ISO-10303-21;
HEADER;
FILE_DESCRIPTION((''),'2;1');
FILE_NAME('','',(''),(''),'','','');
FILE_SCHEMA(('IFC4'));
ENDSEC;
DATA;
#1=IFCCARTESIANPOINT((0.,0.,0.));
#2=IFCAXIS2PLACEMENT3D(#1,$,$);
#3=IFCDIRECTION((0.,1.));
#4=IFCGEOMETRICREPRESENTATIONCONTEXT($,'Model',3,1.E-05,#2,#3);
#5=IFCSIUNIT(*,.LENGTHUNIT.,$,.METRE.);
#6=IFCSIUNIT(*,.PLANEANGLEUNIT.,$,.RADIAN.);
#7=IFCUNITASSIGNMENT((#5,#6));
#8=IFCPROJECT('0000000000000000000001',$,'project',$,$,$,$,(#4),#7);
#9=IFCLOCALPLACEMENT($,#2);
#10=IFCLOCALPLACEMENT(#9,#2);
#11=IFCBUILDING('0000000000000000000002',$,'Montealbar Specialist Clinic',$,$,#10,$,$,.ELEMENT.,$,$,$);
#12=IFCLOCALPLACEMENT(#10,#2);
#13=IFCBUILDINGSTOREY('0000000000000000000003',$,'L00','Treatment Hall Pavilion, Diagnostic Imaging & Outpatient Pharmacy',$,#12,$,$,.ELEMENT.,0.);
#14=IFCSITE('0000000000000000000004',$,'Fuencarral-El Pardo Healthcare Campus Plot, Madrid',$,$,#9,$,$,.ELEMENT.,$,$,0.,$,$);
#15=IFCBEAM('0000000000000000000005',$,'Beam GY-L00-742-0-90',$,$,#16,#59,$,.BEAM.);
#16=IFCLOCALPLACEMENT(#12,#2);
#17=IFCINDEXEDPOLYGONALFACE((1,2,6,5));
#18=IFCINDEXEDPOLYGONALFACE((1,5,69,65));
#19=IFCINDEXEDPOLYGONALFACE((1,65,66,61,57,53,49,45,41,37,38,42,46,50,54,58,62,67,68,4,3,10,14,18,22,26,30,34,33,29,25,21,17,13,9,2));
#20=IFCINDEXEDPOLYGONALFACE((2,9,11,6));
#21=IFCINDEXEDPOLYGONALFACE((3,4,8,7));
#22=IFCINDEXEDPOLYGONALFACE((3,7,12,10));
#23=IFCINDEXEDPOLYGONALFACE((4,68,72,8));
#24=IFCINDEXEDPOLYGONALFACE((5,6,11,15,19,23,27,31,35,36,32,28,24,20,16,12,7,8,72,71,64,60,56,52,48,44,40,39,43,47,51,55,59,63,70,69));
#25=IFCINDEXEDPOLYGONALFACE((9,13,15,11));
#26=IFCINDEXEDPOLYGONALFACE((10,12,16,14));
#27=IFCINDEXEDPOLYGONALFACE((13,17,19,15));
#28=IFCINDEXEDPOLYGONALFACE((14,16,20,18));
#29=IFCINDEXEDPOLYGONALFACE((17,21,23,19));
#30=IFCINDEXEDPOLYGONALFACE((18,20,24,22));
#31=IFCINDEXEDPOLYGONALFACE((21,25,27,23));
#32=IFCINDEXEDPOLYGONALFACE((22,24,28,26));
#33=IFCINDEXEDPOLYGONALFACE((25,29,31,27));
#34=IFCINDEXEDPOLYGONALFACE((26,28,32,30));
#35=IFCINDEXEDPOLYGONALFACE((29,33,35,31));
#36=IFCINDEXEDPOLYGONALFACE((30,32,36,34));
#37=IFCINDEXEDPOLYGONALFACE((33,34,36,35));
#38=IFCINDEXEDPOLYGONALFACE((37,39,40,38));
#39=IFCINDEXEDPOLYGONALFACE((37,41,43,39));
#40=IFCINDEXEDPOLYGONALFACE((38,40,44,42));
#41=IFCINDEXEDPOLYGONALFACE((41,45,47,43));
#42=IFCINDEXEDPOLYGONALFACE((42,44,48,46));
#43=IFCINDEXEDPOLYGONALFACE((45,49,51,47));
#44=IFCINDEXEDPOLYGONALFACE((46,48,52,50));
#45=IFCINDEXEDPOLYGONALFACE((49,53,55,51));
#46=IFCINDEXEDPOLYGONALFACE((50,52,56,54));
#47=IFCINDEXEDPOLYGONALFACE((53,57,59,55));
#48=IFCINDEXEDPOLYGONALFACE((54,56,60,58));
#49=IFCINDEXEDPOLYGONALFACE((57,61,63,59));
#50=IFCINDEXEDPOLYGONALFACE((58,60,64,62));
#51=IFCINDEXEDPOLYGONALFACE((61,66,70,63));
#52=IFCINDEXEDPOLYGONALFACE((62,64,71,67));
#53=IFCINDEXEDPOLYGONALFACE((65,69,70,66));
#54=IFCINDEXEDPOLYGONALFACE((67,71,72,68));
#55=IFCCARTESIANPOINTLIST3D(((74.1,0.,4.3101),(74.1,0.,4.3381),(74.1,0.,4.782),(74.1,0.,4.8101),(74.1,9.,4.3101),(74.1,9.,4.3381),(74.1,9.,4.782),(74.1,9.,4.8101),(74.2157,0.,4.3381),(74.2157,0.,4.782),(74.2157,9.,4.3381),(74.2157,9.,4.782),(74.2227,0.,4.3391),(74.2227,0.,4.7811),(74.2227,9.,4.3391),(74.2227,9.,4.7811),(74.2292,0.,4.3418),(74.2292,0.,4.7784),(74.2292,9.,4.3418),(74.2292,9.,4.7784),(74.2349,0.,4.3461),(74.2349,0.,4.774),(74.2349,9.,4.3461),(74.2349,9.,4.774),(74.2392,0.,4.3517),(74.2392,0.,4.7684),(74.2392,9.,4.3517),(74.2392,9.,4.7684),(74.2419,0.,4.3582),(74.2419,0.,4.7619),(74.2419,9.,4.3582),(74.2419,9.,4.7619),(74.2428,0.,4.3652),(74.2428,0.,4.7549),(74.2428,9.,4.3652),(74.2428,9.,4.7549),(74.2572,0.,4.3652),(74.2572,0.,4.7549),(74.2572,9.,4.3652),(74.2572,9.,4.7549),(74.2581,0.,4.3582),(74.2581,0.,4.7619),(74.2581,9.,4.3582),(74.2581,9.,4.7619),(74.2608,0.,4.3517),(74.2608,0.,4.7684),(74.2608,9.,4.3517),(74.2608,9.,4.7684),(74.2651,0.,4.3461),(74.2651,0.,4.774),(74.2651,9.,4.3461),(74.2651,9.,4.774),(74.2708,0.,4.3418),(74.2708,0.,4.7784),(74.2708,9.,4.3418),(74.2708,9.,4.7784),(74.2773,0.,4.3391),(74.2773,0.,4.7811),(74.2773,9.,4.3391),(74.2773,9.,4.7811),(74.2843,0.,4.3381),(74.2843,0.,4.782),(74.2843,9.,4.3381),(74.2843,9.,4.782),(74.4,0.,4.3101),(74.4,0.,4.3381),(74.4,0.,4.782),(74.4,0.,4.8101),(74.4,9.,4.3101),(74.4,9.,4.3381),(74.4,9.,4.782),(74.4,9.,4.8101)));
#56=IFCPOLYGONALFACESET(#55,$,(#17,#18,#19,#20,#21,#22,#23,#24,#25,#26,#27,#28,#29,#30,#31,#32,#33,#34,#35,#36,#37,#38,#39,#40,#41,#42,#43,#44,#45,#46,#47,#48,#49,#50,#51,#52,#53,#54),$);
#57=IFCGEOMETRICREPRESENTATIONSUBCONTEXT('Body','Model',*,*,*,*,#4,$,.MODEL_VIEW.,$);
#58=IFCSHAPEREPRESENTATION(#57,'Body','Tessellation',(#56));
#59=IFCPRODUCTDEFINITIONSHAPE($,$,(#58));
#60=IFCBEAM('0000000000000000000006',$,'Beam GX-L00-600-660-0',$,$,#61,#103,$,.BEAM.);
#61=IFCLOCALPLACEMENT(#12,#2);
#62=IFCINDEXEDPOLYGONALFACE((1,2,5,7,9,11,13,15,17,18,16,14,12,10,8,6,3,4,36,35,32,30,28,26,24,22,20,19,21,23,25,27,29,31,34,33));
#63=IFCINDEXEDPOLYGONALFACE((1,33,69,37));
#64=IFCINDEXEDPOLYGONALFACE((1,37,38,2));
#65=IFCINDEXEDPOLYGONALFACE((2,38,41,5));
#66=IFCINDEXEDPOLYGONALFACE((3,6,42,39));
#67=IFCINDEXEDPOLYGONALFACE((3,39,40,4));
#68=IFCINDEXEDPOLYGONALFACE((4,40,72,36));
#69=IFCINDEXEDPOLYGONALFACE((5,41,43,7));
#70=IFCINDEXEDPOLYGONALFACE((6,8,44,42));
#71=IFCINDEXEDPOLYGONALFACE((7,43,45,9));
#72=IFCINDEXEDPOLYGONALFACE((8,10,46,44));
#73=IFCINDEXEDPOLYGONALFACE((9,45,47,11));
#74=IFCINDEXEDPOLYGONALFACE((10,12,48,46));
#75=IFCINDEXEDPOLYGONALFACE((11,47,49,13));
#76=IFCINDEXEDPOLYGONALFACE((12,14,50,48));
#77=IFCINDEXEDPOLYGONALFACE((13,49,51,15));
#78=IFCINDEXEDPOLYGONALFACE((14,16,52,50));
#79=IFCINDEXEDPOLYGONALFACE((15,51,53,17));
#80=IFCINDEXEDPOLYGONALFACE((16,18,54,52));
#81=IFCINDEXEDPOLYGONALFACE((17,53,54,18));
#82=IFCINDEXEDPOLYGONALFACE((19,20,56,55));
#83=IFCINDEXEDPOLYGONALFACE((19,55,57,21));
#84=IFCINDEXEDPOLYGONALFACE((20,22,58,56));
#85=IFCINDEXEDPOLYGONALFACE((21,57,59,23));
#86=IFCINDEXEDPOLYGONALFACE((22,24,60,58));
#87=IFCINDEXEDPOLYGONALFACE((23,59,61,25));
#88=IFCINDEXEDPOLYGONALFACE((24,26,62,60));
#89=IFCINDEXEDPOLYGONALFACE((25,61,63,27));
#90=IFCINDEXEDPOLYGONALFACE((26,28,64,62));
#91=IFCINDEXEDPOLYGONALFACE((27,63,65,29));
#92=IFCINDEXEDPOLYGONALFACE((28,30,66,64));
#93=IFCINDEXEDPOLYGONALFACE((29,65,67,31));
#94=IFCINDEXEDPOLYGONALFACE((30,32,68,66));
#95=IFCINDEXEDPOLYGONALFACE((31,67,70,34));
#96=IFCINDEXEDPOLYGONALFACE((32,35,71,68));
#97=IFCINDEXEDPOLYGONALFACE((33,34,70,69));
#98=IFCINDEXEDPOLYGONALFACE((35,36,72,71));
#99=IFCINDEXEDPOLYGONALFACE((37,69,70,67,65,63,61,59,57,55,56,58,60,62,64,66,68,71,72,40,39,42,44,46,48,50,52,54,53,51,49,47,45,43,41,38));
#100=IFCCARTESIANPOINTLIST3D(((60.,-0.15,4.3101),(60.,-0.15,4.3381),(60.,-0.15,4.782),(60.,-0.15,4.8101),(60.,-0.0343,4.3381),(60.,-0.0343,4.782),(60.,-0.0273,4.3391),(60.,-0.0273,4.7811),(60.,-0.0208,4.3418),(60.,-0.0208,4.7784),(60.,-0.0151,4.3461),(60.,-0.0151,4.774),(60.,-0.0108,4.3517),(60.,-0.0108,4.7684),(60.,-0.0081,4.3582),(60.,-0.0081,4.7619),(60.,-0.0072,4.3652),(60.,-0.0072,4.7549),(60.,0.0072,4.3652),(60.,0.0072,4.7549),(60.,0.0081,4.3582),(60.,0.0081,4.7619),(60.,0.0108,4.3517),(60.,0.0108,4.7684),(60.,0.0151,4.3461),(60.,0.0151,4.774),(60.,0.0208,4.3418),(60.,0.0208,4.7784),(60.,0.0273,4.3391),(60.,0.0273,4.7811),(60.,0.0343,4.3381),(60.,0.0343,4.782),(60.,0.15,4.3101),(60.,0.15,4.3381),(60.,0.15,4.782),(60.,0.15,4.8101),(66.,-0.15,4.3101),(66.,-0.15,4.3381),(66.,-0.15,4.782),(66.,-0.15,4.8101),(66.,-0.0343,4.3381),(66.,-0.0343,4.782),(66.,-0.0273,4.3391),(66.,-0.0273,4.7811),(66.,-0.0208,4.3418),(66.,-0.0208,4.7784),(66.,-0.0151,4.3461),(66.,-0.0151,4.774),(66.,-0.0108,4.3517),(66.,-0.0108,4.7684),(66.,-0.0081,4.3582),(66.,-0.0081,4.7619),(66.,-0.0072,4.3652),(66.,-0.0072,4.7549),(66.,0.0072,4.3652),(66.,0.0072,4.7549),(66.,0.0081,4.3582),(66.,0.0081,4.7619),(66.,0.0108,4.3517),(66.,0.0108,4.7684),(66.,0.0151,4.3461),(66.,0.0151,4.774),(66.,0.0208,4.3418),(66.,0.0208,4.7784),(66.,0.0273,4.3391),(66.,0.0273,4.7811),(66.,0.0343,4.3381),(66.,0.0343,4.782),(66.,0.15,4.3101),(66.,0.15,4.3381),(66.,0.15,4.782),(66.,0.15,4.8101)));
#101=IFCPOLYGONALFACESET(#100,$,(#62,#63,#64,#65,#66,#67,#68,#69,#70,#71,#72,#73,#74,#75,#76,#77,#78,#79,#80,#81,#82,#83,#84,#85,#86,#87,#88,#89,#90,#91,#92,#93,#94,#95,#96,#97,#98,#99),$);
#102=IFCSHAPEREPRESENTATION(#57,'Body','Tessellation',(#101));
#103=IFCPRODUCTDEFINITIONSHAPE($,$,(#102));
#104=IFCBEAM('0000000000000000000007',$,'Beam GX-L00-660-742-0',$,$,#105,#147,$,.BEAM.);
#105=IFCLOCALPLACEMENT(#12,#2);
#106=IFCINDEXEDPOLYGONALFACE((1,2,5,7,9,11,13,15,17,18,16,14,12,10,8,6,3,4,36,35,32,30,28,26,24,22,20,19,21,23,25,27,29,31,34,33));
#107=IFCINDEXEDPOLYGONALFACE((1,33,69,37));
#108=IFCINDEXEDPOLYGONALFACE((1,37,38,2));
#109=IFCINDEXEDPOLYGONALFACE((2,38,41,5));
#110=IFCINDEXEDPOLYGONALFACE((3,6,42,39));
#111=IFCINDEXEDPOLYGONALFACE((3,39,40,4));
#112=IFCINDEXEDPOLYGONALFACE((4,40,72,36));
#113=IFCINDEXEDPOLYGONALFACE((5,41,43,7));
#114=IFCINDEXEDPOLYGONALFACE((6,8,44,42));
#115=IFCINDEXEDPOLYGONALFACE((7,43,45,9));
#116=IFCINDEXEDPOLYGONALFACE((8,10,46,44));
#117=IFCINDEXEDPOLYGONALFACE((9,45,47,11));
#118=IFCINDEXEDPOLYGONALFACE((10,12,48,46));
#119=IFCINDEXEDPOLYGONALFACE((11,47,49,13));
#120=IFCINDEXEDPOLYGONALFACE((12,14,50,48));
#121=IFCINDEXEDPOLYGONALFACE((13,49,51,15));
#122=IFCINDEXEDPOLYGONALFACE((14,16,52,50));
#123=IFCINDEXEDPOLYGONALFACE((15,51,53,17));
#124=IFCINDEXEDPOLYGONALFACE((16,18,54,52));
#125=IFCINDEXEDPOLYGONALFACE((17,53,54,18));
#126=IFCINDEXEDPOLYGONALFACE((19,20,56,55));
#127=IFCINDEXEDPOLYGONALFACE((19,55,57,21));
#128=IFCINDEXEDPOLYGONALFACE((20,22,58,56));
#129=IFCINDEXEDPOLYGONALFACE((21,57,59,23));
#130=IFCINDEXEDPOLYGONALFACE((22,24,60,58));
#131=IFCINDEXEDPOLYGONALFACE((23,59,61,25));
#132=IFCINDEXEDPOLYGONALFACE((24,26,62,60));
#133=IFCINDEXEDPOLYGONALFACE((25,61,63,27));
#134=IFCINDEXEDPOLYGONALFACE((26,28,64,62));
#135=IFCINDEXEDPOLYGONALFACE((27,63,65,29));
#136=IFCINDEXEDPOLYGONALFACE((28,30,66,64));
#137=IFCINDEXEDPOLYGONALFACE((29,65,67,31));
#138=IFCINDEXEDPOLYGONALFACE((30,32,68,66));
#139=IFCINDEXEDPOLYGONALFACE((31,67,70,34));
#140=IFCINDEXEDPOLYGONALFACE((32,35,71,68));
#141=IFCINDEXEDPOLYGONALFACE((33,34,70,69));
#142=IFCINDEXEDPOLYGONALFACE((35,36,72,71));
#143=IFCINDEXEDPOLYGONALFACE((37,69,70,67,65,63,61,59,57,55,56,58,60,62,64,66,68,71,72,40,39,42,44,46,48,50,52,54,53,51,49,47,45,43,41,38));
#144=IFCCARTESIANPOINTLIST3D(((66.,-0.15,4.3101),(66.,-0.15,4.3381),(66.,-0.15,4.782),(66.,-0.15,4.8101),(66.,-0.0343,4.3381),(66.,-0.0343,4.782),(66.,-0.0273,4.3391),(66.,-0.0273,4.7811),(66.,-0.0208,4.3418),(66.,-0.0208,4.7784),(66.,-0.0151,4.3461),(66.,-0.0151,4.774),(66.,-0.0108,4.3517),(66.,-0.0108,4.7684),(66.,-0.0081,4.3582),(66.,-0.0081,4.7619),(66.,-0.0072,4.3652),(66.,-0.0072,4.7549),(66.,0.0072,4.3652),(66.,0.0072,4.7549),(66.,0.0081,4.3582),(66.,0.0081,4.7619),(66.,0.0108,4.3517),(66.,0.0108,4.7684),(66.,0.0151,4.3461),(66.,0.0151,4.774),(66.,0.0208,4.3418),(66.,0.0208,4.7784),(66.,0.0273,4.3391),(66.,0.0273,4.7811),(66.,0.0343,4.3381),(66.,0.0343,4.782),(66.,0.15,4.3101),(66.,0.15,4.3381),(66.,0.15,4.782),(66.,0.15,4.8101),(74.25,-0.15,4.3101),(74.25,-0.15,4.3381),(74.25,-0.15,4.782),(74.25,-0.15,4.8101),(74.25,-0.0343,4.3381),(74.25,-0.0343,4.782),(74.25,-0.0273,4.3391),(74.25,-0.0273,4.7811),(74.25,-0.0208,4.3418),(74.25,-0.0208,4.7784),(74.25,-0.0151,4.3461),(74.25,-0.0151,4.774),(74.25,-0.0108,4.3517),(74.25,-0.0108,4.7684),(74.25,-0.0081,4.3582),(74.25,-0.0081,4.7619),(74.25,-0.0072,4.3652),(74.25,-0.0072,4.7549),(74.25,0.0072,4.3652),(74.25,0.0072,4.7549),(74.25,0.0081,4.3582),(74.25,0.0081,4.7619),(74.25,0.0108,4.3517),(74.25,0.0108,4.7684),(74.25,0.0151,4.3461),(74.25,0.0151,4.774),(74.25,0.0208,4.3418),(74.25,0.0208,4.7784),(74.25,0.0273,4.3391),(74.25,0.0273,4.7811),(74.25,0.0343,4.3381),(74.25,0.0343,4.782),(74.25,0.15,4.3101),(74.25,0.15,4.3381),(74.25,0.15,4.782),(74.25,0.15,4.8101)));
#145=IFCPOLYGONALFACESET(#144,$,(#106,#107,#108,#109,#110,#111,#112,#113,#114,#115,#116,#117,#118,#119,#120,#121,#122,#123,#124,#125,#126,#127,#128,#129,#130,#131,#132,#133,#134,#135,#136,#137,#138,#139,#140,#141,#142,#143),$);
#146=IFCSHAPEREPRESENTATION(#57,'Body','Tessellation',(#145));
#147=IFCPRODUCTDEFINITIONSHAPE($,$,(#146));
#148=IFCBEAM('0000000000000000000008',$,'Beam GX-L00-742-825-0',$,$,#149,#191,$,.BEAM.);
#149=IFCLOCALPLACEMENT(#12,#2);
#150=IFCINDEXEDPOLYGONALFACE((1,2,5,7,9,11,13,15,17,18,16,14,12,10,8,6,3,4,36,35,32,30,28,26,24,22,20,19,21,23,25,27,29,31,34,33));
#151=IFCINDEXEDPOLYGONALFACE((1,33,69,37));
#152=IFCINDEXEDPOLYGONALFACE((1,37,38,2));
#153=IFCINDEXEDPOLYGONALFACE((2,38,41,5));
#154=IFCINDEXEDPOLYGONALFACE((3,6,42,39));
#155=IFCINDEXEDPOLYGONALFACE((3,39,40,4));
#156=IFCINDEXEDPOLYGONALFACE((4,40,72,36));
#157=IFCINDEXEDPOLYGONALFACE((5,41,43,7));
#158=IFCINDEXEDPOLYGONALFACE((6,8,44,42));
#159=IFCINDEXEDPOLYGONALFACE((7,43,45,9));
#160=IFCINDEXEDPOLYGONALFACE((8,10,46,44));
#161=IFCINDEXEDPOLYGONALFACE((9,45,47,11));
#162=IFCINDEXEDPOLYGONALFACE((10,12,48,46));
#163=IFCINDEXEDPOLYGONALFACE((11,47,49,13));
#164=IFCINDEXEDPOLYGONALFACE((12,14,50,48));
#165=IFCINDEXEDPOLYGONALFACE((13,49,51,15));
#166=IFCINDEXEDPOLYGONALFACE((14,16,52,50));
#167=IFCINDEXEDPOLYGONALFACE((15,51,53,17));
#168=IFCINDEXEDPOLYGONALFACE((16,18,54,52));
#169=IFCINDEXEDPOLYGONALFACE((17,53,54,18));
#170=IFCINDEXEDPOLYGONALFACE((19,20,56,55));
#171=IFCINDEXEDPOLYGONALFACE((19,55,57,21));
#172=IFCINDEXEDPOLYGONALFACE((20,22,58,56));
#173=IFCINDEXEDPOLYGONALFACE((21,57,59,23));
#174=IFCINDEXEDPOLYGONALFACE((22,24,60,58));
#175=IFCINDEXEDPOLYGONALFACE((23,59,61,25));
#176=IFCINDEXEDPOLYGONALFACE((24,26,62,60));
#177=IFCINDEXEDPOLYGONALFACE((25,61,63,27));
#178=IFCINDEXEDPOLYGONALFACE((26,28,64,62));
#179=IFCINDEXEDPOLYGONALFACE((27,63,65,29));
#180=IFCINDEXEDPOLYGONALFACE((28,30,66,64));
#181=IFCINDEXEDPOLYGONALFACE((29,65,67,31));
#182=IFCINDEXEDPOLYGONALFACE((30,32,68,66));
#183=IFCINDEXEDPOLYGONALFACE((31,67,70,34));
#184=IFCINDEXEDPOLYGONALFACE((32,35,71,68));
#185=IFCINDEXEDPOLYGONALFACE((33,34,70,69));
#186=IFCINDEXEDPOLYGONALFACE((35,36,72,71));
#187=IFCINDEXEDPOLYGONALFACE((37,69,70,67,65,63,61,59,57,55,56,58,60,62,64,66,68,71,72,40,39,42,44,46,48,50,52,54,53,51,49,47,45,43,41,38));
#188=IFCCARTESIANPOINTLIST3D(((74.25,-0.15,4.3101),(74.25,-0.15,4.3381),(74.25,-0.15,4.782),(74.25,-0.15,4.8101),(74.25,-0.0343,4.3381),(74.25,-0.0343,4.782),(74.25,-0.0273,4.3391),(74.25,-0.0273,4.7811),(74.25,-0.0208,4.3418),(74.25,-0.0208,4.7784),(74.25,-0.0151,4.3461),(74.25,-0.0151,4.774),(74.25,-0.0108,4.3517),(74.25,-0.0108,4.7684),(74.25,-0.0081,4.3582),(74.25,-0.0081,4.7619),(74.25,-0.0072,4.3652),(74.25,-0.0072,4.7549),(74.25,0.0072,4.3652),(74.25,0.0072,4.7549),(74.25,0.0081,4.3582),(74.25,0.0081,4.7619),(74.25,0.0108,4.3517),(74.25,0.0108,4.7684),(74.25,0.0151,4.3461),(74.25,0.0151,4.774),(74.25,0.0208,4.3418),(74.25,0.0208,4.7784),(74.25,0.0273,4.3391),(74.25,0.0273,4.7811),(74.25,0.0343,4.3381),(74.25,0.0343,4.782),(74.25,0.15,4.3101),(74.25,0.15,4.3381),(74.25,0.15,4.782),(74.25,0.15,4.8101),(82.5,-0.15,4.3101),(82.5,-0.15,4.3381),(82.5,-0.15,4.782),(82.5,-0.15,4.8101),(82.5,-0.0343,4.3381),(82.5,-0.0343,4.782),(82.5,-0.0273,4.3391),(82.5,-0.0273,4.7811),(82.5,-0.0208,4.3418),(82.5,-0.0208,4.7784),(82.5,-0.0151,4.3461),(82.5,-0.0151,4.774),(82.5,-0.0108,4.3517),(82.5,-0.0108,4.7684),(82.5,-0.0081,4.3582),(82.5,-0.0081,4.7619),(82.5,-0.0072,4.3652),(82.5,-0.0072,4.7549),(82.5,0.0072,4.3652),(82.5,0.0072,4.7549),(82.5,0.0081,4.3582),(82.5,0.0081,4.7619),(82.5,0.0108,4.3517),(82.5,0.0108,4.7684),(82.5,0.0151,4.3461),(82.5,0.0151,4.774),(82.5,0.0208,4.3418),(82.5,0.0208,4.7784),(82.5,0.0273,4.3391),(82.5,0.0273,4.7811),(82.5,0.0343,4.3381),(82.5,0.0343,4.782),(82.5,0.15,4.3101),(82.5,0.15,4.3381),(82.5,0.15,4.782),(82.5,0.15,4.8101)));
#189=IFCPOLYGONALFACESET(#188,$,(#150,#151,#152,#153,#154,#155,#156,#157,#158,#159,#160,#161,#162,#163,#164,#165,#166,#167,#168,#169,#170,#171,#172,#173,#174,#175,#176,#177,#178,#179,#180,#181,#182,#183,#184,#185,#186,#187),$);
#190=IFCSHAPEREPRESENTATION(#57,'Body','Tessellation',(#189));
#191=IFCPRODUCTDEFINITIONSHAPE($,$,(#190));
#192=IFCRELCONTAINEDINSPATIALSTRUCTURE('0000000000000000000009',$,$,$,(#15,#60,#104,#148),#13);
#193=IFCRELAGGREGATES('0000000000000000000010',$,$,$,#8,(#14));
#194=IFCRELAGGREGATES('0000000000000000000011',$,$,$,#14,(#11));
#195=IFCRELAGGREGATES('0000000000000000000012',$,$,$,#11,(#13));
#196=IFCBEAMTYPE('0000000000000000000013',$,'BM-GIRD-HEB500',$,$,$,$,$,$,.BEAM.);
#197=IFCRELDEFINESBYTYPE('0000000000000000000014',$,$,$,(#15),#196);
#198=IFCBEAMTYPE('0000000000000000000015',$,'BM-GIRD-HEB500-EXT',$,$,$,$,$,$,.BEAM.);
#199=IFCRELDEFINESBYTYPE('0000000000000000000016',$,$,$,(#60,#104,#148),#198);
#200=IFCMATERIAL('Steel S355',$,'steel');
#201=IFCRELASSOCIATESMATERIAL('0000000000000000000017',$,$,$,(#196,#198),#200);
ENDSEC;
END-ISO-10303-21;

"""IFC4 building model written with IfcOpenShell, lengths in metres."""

from ifc_helpers import new_model, si_unit, direction, frame, origin, origin_2d, place, context, subcontext, project, spatial, i_section, extrude, material, material_profile, profile_set, type_object, element, save


model = new_model("IFC4")

# Units and contexts
model_context = context("Model", 3, precision=1e-05, world=origin(), true_north=direction((0.0, 1.0)))
body_context = subcontext(model_context, "Body", "Model", "MODEL_VIEW")
ifc_project = project(units=[si_unit("LENGTHUNIT", "METRE"), si_unit("PLANEANGLEUNIT", "RADIAN")], contexts=[model_context])

# Site, building, storey
site_placement = place(None, origin())
site = spatial("IfcSite", under=ifc_project, at=site_placement, Name="Fuencarral-El Pardo Healthcare Campus Plot, Madrid", CompositionType="ELEMENT", RefElevation=0.0)
building_placement = place(site_placement, origin())
building = spatial("IfcBuilding", under=site, at=building_placement, Name="Montealbar Specialist Clinic", CompositionType="ELEMENT")
storey_placement = place(building_placement, origin())
storey = spatial("IfcBuildingStorey", under=building, at=storey_placement, Name="L00", Description="Treatment Hall Pavilion, Diagnostic Imaging & Outpatient Pharmacy", CompositionType="ELEMENT", Elevation=0.0)

# Shared definitions
ifc_material_1 = material(Name="Steel S355", Category="steel")

# Beams
ifc_material_profile_1 = material_profile(ifc_material_1, i_section(OverallWidth=0.3, OverallDepth=0.5, WebThickness=0.0144, FlangeThickness=0.0281, FilletRadius=0.0271, at=origin_2d()), Name="HEB 500", Category="steel")
ifc_profile_set_1 = profile_set([ifc_material_profile_1], Name="Steel S355")
beam_type_1 = type_object("IfcBeamType", Name="BM-GIRD-HEB500", PredefinedType="BEAM", material=ifc_profile_set_1)
for number, where, z_axis, x_axis, name in (
    (1, (74.25, 0.0, 4.5601), (0.0, 1.0, 0.0), (-1.0, 0.0, 0.0), "Beam GY-L00-742-0-90"),
):
    element("IfcBeam", number, at=place(storey_placement, frame(where, z_axis=z_axis, x_axis=x_axis)), inside=storey, type_object=beam_type_1, Name=name, PredefinedType="BEAM", context=body_context, shape_type="SweptSolid", body=[
        extrude(i_section(OverallWidth=0.3, OverallDepth=0.5, WebThickness=0.0144, FlangeThickness=0.0281, FilletRadius=0.0271, at=origin_2d()), origin(), (0.0, 0.0, 1.0), 9.0),
    ])
ifc_material_profile_2 = material_profile(ifc_material_1, i_section(OverallWidth=0.3, OverallDepth=0.5, WebThickness=0.0144, FlangeThickness=0.0281, FilletRadius=0.0271, at=origin_2d()), Name="HEB 500", Category="steel")
ifc_profile_set_2 = profile_set([ifc_material_profile_2], Name="Steel S355")
beam_type_2 = type_object("IfcBeamType", Name="BM-GIRD-HEB500-EXT", PredefinedType="BEAM", material=ifc_profile_set_2)
beam_1_placement = place(storey_placement, frame((60.0, 0.0, 4.5601), z_axis=(1.0, 0.0, 0.0), x_axis=(0.0, 1.0, 0.0)))
element("IfcBeam", 2, at=beam_1_placement, inside=storey, type_object=beam_type_2, Name="Beam GX-L00-600-660-0", PredefinedType="BEAM", context=body_context, shape_type="SweptSolid", body=[
    extrude(i_section(OverallWidth=0.3, OverallDepth=0.5, WebThickness=0.0144, FlangeThickness=0.0281, FilletRadius=0.0271, at=origin_2d()), origin(), (0.0, 0.0, 1.0), 6.0),
])
for number, where, z_axis, x_axis, name in (
    (3, (66.0, 0.0, 4.5601), (1.0, 0.0, 0.0), (0.0, 1.0, 0.0), "Beam GX-L00-660-742-0"),
    (4, (74.25, 0.0, 4.5601), (1.0, 0.0, 0.0), (0.0, 1.0, 0.0), "Beam GX-L00-742-825-0"),
):
    element("IfcBeam", number, at=place(storey_placement, frame(where, z_axis=z_axis, x_axis=x_axis)), inside=storey, type_object=beam_type_2, Name=name, PredefinedType="BEAM", context=body_context, shape_type="SweptSolid", body=[
        extrude(i_section(OverallWidth=0.3, OverallDepth=0.5, WebThickness=0.0144, FlangeThickness=0.0281, FilletRadius=0.0271, at=origin_2d()), origin(), (0.0, 0.0, 1.0), 8.25),
    ])

save(model, "model.ifc")
